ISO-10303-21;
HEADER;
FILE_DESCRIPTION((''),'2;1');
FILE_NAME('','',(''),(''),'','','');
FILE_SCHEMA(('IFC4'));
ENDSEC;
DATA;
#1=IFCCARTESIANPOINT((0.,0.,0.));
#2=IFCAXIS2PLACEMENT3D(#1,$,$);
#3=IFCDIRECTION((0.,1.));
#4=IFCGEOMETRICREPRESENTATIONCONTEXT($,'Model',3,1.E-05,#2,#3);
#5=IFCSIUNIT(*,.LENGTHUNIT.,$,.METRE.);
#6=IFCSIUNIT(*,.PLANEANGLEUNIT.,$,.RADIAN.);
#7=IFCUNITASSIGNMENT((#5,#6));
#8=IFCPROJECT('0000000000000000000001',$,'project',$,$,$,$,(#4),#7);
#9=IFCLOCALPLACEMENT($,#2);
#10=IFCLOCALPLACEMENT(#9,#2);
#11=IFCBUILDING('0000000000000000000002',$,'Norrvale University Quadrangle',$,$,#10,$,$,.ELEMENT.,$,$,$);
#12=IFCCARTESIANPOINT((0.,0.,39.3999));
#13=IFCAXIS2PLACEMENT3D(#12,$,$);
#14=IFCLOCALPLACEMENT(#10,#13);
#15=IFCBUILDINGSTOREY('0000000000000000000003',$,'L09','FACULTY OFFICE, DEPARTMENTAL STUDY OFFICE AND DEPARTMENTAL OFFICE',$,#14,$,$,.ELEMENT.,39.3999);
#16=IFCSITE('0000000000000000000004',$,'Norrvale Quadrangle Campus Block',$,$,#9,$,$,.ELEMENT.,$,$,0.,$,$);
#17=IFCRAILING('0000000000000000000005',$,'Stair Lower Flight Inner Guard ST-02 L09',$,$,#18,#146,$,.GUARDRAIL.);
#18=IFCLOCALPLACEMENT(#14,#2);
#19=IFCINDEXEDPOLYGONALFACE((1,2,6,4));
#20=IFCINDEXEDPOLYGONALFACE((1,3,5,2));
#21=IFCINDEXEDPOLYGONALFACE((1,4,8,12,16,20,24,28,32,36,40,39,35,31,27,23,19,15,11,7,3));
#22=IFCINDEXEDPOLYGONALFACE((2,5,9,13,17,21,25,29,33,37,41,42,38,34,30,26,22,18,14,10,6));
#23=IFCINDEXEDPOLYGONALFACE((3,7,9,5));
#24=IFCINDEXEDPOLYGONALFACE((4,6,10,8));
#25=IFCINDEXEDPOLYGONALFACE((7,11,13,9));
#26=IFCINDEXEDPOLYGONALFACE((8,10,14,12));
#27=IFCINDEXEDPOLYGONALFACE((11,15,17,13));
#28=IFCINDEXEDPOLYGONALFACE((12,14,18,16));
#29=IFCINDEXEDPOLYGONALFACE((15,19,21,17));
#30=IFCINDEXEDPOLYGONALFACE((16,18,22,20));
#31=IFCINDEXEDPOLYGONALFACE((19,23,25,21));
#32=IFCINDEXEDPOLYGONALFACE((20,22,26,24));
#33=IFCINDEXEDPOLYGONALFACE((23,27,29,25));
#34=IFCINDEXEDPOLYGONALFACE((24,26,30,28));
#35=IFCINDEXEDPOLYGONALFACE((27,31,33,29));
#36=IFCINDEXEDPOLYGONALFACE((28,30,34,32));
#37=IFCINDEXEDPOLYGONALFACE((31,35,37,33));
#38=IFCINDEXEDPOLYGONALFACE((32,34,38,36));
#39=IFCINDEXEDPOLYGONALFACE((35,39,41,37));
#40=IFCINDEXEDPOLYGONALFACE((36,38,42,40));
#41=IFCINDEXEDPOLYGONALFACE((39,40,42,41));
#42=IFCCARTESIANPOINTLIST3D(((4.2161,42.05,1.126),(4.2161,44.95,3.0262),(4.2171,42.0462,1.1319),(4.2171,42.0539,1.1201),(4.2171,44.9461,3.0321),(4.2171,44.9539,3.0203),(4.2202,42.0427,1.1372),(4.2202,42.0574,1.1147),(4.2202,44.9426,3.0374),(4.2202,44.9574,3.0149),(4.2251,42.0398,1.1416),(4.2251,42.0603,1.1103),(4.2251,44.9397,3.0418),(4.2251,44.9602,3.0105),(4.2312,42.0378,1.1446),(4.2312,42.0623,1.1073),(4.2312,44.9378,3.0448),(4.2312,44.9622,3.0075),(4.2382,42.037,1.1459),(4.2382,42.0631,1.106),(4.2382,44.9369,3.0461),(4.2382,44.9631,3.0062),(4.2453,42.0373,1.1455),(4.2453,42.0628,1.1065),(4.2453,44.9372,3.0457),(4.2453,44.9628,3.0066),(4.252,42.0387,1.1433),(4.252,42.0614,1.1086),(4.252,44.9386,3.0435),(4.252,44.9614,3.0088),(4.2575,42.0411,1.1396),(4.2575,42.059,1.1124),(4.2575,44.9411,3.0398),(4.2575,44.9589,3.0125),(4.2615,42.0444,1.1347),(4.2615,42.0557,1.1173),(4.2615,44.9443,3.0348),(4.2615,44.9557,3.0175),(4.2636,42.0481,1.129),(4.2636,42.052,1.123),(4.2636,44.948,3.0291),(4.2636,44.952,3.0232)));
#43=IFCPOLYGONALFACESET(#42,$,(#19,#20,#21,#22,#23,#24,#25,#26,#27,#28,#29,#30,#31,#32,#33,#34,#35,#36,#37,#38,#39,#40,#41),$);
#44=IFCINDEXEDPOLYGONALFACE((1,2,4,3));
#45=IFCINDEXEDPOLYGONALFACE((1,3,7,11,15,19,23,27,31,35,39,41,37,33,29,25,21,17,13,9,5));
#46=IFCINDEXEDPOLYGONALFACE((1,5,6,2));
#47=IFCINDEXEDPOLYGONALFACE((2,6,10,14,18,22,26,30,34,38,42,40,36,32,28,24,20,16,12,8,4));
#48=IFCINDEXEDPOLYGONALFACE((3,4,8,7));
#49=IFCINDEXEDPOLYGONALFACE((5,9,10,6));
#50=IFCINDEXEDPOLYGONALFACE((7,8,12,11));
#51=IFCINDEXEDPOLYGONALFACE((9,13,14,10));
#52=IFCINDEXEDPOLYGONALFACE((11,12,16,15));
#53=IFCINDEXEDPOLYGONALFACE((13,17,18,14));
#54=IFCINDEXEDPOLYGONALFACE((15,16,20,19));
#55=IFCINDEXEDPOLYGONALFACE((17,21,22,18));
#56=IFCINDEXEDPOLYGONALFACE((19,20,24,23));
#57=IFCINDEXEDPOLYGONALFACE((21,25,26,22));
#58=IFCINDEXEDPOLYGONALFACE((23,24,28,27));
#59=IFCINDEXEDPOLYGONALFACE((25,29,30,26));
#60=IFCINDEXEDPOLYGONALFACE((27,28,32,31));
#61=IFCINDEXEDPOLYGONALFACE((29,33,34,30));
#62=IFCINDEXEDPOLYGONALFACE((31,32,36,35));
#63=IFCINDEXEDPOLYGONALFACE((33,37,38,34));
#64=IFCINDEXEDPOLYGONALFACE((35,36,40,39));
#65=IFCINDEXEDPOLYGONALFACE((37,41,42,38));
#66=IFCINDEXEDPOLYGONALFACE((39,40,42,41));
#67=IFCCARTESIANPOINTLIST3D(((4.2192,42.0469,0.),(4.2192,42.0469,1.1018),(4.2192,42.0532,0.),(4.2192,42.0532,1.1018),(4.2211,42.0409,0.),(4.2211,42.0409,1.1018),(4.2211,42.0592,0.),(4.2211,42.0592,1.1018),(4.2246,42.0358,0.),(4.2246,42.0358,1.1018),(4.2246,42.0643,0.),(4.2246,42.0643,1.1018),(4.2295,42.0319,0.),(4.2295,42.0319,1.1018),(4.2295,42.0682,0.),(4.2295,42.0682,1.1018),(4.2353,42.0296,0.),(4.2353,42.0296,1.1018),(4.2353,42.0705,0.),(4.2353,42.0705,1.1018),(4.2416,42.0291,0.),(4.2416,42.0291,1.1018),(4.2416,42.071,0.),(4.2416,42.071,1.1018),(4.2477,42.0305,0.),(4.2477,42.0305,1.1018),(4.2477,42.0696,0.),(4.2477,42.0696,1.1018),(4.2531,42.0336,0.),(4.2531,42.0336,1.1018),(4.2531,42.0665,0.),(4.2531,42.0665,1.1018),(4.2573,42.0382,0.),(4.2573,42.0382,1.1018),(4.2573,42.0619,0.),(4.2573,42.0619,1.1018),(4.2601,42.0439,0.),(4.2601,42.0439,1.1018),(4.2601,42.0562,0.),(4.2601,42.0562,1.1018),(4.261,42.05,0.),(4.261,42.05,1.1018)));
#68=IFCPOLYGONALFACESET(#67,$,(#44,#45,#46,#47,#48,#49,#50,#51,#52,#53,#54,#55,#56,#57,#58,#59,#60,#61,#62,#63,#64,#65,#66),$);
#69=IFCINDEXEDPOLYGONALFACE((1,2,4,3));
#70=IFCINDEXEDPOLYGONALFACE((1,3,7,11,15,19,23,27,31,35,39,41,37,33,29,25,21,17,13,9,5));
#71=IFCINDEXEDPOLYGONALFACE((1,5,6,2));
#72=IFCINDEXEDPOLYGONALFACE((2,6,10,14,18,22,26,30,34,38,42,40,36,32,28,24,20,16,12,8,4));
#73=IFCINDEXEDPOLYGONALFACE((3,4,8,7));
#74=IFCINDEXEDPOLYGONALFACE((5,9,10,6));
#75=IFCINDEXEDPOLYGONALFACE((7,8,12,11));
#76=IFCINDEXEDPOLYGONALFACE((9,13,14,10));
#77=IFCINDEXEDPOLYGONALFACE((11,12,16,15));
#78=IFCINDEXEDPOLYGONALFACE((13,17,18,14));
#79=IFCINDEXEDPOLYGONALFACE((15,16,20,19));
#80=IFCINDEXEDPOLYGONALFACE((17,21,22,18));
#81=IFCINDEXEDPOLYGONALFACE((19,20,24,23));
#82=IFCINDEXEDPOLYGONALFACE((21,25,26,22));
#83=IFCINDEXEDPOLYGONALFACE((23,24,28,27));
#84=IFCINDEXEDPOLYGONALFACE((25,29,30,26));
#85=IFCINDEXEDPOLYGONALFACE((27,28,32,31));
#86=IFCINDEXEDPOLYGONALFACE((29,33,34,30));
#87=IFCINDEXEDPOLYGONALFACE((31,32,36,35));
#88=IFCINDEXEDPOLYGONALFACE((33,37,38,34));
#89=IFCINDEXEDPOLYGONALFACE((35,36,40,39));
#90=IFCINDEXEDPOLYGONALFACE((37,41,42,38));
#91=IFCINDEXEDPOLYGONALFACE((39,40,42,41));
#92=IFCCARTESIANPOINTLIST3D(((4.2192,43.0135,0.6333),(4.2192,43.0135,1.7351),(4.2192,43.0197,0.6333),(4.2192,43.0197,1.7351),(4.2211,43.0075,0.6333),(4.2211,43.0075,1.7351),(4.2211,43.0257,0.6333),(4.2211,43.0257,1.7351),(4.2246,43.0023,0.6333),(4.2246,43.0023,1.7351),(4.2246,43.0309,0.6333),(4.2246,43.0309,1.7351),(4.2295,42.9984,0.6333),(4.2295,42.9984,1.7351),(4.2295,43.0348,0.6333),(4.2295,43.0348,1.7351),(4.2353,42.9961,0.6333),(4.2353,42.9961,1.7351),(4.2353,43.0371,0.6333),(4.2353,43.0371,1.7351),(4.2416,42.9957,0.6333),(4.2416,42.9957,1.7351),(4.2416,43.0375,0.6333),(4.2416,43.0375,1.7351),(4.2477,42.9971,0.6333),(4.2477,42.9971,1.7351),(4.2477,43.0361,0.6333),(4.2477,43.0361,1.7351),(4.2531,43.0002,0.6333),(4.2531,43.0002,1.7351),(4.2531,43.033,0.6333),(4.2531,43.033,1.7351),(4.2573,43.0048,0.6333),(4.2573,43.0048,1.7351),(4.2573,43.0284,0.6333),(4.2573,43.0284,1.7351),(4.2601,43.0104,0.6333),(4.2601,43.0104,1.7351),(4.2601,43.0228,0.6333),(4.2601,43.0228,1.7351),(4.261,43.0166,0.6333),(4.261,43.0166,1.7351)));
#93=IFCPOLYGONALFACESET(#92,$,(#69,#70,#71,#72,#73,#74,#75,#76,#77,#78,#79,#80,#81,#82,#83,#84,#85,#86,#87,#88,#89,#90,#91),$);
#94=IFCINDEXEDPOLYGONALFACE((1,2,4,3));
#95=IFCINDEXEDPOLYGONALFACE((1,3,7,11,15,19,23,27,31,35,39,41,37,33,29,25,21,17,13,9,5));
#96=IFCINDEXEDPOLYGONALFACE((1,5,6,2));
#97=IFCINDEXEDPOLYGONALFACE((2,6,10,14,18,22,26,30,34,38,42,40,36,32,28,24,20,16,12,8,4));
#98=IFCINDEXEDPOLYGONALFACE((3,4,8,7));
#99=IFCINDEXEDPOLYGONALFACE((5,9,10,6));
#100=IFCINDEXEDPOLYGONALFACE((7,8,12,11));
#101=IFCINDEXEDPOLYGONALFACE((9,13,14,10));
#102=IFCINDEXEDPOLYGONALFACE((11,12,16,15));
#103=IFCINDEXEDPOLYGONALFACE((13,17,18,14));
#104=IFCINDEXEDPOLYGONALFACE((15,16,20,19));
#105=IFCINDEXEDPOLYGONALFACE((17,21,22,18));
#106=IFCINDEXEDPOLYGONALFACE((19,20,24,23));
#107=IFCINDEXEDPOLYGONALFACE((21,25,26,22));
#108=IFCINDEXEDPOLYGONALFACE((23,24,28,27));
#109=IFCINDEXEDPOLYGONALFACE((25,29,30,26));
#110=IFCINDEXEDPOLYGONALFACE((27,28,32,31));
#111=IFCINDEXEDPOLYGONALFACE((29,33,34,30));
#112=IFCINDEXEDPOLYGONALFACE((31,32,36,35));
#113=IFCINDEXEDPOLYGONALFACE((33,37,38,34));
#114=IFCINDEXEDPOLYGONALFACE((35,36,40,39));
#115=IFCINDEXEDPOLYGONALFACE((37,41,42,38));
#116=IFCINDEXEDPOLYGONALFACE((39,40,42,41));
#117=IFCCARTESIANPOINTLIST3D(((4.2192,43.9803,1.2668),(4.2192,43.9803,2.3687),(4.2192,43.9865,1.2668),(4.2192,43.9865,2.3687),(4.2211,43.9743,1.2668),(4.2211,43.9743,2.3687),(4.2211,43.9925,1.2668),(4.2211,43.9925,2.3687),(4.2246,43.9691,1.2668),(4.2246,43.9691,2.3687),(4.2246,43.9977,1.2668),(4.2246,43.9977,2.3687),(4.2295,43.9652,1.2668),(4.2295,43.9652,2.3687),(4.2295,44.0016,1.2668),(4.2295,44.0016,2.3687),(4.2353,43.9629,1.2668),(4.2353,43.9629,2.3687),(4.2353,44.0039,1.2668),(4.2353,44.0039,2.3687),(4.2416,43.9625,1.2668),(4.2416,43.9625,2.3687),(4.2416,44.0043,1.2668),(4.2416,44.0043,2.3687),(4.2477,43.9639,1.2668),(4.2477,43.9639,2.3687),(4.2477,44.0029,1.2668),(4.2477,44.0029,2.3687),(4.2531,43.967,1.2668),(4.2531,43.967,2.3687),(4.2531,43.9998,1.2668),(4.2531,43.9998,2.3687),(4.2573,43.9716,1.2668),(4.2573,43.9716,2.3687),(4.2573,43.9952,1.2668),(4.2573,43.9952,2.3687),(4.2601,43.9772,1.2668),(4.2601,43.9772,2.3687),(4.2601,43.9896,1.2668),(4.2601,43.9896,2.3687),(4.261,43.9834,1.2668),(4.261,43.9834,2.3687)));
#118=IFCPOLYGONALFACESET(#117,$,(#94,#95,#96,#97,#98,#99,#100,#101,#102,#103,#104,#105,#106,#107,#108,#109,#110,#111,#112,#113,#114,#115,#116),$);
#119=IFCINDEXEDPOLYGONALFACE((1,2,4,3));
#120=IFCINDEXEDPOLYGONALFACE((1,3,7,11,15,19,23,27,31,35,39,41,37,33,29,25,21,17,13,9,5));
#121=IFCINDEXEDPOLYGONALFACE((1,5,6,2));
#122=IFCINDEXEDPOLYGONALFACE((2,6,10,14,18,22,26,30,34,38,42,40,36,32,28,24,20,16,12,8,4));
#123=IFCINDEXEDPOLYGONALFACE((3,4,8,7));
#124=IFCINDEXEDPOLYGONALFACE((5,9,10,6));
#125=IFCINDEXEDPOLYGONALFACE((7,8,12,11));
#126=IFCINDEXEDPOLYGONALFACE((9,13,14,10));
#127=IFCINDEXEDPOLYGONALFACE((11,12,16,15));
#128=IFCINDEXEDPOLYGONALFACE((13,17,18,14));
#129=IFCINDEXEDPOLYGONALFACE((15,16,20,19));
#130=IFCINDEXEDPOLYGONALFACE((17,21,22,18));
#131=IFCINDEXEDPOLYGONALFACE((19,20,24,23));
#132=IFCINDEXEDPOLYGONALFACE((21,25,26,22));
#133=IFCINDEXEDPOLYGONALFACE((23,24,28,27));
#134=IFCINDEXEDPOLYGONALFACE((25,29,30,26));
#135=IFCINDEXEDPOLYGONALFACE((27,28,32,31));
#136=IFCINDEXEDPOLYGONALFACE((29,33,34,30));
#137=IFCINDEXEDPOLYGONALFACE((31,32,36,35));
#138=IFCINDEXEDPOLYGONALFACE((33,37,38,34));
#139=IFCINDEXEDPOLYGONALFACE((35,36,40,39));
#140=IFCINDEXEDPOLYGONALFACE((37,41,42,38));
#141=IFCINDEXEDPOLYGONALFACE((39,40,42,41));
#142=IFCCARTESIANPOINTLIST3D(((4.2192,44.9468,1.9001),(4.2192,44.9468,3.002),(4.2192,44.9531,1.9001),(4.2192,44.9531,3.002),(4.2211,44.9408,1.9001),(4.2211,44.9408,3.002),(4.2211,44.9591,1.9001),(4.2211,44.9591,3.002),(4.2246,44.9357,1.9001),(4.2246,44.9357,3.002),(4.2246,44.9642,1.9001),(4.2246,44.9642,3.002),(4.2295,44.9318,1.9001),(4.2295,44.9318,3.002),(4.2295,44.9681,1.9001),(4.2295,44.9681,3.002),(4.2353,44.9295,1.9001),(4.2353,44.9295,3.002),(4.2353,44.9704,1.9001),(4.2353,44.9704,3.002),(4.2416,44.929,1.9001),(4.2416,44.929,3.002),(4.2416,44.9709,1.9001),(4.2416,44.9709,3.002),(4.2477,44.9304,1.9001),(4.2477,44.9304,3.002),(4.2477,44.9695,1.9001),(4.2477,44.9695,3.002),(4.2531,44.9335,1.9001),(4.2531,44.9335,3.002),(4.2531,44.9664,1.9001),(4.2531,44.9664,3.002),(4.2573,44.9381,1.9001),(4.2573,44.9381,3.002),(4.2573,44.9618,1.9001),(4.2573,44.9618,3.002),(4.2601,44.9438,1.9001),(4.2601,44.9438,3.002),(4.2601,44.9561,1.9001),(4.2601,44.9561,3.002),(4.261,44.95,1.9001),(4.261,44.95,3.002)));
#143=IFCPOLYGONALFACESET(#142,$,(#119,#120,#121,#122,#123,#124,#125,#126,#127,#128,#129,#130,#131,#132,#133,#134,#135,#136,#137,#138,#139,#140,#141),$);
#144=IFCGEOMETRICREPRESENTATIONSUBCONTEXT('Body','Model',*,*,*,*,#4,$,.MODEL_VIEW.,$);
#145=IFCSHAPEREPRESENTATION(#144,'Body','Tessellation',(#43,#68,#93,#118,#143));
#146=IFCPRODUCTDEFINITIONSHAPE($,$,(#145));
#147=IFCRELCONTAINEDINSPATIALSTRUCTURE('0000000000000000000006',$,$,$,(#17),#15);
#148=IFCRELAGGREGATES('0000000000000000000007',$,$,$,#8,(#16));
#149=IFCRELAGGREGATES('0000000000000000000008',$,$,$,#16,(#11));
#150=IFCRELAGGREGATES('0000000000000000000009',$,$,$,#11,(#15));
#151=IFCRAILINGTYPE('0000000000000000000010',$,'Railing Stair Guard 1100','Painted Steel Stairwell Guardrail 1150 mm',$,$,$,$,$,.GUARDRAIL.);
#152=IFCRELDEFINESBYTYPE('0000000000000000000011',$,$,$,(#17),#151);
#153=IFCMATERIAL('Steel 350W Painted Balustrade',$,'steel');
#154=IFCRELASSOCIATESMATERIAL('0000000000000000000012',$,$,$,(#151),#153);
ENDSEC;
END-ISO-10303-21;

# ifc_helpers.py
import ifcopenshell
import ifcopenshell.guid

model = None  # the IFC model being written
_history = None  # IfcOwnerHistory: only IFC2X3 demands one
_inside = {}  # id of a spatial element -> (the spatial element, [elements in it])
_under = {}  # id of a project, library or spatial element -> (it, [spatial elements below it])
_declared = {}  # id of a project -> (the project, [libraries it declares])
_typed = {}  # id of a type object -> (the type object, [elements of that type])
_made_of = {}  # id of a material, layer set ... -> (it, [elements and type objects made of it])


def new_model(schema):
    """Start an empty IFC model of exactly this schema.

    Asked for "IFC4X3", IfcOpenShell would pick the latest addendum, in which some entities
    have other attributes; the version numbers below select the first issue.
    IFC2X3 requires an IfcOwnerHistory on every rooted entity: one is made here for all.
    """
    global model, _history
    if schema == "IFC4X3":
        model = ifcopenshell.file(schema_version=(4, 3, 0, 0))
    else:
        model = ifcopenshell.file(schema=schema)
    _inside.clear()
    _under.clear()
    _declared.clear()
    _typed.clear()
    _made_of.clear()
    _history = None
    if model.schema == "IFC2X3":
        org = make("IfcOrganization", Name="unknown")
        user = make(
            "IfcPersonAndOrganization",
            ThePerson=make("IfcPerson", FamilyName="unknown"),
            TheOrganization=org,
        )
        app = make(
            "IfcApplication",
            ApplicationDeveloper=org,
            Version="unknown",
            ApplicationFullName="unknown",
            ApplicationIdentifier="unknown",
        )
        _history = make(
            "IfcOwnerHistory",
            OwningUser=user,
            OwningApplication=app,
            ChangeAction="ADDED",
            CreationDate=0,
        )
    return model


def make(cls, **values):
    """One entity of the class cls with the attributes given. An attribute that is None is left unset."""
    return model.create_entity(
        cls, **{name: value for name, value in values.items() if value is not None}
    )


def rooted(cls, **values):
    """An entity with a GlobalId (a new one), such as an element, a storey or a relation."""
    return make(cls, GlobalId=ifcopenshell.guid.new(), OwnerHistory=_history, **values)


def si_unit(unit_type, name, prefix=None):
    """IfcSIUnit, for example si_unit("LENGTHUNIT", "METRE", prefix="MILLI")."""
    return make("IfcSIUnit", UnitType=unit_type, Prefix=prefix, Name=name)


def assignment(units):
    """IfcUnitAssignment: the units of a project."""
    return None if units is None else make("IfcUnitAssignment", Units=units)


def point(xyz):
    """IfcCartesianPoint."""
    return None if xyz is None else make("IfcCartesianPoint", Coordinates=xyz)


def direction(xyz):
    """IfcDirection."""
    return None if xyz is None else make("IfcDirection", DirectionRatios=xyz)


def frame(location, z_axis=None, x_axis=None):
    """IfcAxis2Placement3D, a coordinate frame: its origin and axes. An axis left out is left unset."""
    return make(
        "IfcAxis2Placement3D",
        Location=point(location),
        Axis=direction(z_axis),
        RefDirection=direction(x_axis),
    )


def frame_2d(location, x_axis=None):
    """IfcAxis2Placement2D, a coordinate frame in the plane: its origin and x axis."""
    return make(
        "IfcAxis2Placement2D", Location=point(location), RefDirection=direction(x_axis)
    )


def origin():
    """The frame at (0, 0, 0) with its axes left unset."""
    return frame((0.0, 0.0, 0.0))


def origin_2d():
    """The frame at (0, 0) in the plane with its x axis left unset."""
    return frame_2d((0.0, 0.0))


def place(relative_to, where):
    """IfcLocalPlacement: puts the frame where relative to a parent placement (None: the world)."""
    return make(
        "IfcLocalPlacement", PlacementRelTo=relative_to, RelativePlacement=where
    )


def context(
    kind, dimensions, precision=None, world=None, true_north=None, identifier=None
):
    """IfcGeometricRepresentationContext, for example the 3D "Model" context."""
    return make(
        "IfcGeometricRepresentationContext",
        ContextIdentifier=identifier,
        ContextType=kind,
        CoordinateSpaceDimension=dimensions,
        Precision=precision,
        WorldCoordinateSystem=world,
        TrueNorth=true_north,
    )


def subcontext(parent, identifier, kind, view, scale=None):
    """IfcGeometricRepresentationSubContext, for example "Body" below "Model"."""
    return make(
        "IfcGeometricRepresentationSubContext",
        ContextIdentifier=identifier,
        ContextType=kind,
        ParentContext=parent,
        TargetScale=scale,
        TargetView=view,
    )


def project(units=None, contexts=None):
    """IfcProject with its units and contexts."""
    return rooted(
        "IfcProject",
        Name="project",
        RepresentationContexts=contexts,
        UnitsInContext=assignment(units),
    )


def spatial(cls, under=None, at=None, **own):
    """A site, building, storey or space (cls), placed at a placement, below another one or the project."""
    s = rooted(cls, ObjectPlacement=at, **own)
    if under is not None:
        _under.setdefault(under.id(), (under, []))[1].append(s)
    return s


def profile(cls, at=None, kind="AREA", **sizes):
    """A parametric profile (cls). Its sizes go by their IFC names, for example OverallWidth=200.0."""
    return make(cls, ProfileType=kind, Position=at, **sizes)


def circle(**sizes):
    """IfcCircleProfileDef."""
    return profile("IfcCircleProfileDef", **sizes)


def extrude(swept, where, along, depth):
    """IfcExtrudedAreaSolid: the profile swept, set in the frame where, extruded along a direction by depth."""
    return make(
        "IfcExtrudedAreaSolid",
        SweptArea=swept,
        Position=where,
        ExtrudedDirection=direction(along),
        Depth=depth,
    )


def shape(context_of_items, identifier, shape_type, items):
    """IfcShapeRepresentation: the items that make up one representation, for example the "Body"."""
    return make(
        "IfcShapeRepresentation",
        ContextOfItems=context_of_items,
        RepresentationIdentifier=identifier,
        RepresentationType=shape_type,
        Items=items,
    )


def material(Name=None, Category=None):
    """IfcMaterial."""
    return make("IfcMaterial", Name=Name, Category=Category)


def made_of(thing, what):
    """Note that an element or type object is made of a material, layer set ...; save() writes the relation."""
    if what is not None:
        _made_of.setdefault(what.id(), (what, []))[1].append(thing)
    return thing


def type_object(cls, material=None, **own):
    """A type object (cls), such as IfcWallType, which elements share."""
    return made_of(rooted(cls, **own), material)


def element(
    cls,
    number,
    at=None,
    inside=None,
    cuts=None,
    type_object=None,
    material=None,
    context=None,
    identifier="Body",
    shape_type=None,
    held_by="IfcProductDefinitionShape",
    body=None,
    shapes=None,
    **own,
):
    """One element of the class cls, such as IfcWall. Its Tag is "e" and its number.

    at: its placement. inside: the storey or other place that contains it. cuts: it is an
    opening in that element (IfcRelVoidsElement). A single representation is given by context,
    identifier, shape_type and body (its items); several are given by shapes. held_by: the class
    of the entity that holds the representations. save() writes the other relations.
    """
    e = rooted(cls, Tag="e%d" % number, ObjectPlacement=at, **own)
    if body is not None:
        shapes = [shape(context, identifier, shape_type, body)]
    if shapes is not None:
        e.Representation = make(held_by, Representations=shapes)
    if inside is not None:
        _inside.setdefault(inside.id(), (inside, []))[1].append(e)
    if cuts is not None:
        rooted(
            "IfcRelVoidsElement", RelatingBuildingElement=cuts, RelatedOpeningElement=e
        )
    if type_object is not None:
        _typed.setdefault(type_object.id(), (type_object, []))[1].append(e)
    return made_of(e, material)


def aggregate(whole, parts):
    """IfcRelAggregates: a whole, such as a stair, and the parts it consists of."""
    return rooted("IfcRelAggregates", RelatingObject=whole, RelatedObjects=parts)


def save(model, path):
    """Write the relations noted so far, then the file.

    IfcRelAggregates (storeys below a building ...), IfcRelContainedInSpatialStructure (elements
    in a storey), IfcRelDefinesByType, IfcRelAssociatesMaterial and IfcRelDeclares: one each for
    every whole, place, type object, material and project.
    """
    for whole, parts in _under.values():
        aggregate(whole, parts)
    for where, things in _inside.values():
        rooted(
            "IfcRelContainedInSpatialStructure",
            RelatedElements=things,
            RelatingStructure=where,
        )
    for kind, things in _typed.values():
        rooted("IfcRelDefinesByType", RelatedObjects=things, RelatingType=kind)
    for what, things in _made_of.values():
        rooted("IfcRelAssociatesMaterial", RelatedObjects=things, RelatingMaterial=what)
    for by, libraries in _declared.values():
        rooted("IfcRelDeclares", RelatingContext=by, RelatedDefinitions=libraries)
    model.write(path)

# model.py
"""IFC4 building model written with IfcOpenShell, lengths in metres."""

from ifc_helpers import new_model, si_unit, direction, frame, origin, origin_2d, place, context, subcontext, project, spatial, circle, extrude, material, type_object, element, save


model = new_model("IFC4")

# Units and contexts
model_context = context("Model", 3, precision=1e-05, world=origin(), true_north=direction((0.0, 1.0)))
body_context = subcontext(model_context, "Body", "Model", "MODEL_VIEW")
ifc_project = project(units=[si_unit("LENGTHUNIT", "METRE"), si_unit("PLANEANGLEUNIT", "RADIAN")], contexts=[model_context])

# Site, building, storey
site_placement = place(None, origin())
site = spatial("IfcSite", under=ifc_project, at=site_placement, Name="Norrvale Quadrangle Campus Block", CompositionType="ELEMENT", RefElevation=0.0)
building_placement = place(site_placement, origin())
building = spatial("IfcBuilding", under=site, at=building_placement, Name="Norrvale University Quadrangle", CompositionType="ELEMENT")
storey_placement = place(building_placement, frame((0.0, 0.0, 39.3999)))
storey = spatial("IfcBuildingStorey", under=building, at=storey_placement, Name="L09", Description="FACULTY OFFICE, DEPARTMENTAL STUDY OFFICE AND DEPARTMENTAL OFFICE", CompositionType="ELEMENT", Elevation=39.3999)

# Railing
ifc_material_1 = material(Name="Steel 350W Painted Balustrade", Category="steel")
railing_type_1 = type_object("IfcRailingType", Name="Railing Stair Guard 1100", Description="Painted Steel Stairwell Guardrail 1150 mm", PredefinedType="GUARDRAIL", material=ifc_material_1)
railing_1_placement = place(storey_placement, frame((4.24, 42.05, 0.0)))
element("IfcRailing", 1, at=railing_1_placement, inside=storey, type_object=railing_type_1, Name="Stair Lower Flight Inner Guard ST-02 L09", PredefinedType="GUARDRAIL", context=body_context, shape_type="SweptSolid", body=[
    extrude(circle(Radius=0.0239, at=origin_2d()), frame((0.0, 0.0, 1.126), z_axis=(0.0, 0.836433, 0.548069), x_axis=(-1.0, 0.0, 0.0)), (0.0, 0.0, 1.0), 3.467),
    extrude(circle(Radius=0.021, at=origin_2d()), origin(), (0.0, 0.0, 1.0), 1.1018),
    extrude(circle(Radius=0.021, at=origin_2d()), frame((0.0, 0.9666, 0.6333)), (0.0, 0.0, 1.0), 1.1018),
    extrude(circle(Radius=0.021, at=origin_2d()), frame((0.0, 1.9333, 1.2668)), (0.0, 0.0, 1.0), 1.1018),
    extrude(circle(Radius=0.021, at=origin_2d()), frame((0.0, 2.8999, 1.9001)), (0.0, 0.0, 1.0), 1.1018),
])

save(model, "model.ifc")
